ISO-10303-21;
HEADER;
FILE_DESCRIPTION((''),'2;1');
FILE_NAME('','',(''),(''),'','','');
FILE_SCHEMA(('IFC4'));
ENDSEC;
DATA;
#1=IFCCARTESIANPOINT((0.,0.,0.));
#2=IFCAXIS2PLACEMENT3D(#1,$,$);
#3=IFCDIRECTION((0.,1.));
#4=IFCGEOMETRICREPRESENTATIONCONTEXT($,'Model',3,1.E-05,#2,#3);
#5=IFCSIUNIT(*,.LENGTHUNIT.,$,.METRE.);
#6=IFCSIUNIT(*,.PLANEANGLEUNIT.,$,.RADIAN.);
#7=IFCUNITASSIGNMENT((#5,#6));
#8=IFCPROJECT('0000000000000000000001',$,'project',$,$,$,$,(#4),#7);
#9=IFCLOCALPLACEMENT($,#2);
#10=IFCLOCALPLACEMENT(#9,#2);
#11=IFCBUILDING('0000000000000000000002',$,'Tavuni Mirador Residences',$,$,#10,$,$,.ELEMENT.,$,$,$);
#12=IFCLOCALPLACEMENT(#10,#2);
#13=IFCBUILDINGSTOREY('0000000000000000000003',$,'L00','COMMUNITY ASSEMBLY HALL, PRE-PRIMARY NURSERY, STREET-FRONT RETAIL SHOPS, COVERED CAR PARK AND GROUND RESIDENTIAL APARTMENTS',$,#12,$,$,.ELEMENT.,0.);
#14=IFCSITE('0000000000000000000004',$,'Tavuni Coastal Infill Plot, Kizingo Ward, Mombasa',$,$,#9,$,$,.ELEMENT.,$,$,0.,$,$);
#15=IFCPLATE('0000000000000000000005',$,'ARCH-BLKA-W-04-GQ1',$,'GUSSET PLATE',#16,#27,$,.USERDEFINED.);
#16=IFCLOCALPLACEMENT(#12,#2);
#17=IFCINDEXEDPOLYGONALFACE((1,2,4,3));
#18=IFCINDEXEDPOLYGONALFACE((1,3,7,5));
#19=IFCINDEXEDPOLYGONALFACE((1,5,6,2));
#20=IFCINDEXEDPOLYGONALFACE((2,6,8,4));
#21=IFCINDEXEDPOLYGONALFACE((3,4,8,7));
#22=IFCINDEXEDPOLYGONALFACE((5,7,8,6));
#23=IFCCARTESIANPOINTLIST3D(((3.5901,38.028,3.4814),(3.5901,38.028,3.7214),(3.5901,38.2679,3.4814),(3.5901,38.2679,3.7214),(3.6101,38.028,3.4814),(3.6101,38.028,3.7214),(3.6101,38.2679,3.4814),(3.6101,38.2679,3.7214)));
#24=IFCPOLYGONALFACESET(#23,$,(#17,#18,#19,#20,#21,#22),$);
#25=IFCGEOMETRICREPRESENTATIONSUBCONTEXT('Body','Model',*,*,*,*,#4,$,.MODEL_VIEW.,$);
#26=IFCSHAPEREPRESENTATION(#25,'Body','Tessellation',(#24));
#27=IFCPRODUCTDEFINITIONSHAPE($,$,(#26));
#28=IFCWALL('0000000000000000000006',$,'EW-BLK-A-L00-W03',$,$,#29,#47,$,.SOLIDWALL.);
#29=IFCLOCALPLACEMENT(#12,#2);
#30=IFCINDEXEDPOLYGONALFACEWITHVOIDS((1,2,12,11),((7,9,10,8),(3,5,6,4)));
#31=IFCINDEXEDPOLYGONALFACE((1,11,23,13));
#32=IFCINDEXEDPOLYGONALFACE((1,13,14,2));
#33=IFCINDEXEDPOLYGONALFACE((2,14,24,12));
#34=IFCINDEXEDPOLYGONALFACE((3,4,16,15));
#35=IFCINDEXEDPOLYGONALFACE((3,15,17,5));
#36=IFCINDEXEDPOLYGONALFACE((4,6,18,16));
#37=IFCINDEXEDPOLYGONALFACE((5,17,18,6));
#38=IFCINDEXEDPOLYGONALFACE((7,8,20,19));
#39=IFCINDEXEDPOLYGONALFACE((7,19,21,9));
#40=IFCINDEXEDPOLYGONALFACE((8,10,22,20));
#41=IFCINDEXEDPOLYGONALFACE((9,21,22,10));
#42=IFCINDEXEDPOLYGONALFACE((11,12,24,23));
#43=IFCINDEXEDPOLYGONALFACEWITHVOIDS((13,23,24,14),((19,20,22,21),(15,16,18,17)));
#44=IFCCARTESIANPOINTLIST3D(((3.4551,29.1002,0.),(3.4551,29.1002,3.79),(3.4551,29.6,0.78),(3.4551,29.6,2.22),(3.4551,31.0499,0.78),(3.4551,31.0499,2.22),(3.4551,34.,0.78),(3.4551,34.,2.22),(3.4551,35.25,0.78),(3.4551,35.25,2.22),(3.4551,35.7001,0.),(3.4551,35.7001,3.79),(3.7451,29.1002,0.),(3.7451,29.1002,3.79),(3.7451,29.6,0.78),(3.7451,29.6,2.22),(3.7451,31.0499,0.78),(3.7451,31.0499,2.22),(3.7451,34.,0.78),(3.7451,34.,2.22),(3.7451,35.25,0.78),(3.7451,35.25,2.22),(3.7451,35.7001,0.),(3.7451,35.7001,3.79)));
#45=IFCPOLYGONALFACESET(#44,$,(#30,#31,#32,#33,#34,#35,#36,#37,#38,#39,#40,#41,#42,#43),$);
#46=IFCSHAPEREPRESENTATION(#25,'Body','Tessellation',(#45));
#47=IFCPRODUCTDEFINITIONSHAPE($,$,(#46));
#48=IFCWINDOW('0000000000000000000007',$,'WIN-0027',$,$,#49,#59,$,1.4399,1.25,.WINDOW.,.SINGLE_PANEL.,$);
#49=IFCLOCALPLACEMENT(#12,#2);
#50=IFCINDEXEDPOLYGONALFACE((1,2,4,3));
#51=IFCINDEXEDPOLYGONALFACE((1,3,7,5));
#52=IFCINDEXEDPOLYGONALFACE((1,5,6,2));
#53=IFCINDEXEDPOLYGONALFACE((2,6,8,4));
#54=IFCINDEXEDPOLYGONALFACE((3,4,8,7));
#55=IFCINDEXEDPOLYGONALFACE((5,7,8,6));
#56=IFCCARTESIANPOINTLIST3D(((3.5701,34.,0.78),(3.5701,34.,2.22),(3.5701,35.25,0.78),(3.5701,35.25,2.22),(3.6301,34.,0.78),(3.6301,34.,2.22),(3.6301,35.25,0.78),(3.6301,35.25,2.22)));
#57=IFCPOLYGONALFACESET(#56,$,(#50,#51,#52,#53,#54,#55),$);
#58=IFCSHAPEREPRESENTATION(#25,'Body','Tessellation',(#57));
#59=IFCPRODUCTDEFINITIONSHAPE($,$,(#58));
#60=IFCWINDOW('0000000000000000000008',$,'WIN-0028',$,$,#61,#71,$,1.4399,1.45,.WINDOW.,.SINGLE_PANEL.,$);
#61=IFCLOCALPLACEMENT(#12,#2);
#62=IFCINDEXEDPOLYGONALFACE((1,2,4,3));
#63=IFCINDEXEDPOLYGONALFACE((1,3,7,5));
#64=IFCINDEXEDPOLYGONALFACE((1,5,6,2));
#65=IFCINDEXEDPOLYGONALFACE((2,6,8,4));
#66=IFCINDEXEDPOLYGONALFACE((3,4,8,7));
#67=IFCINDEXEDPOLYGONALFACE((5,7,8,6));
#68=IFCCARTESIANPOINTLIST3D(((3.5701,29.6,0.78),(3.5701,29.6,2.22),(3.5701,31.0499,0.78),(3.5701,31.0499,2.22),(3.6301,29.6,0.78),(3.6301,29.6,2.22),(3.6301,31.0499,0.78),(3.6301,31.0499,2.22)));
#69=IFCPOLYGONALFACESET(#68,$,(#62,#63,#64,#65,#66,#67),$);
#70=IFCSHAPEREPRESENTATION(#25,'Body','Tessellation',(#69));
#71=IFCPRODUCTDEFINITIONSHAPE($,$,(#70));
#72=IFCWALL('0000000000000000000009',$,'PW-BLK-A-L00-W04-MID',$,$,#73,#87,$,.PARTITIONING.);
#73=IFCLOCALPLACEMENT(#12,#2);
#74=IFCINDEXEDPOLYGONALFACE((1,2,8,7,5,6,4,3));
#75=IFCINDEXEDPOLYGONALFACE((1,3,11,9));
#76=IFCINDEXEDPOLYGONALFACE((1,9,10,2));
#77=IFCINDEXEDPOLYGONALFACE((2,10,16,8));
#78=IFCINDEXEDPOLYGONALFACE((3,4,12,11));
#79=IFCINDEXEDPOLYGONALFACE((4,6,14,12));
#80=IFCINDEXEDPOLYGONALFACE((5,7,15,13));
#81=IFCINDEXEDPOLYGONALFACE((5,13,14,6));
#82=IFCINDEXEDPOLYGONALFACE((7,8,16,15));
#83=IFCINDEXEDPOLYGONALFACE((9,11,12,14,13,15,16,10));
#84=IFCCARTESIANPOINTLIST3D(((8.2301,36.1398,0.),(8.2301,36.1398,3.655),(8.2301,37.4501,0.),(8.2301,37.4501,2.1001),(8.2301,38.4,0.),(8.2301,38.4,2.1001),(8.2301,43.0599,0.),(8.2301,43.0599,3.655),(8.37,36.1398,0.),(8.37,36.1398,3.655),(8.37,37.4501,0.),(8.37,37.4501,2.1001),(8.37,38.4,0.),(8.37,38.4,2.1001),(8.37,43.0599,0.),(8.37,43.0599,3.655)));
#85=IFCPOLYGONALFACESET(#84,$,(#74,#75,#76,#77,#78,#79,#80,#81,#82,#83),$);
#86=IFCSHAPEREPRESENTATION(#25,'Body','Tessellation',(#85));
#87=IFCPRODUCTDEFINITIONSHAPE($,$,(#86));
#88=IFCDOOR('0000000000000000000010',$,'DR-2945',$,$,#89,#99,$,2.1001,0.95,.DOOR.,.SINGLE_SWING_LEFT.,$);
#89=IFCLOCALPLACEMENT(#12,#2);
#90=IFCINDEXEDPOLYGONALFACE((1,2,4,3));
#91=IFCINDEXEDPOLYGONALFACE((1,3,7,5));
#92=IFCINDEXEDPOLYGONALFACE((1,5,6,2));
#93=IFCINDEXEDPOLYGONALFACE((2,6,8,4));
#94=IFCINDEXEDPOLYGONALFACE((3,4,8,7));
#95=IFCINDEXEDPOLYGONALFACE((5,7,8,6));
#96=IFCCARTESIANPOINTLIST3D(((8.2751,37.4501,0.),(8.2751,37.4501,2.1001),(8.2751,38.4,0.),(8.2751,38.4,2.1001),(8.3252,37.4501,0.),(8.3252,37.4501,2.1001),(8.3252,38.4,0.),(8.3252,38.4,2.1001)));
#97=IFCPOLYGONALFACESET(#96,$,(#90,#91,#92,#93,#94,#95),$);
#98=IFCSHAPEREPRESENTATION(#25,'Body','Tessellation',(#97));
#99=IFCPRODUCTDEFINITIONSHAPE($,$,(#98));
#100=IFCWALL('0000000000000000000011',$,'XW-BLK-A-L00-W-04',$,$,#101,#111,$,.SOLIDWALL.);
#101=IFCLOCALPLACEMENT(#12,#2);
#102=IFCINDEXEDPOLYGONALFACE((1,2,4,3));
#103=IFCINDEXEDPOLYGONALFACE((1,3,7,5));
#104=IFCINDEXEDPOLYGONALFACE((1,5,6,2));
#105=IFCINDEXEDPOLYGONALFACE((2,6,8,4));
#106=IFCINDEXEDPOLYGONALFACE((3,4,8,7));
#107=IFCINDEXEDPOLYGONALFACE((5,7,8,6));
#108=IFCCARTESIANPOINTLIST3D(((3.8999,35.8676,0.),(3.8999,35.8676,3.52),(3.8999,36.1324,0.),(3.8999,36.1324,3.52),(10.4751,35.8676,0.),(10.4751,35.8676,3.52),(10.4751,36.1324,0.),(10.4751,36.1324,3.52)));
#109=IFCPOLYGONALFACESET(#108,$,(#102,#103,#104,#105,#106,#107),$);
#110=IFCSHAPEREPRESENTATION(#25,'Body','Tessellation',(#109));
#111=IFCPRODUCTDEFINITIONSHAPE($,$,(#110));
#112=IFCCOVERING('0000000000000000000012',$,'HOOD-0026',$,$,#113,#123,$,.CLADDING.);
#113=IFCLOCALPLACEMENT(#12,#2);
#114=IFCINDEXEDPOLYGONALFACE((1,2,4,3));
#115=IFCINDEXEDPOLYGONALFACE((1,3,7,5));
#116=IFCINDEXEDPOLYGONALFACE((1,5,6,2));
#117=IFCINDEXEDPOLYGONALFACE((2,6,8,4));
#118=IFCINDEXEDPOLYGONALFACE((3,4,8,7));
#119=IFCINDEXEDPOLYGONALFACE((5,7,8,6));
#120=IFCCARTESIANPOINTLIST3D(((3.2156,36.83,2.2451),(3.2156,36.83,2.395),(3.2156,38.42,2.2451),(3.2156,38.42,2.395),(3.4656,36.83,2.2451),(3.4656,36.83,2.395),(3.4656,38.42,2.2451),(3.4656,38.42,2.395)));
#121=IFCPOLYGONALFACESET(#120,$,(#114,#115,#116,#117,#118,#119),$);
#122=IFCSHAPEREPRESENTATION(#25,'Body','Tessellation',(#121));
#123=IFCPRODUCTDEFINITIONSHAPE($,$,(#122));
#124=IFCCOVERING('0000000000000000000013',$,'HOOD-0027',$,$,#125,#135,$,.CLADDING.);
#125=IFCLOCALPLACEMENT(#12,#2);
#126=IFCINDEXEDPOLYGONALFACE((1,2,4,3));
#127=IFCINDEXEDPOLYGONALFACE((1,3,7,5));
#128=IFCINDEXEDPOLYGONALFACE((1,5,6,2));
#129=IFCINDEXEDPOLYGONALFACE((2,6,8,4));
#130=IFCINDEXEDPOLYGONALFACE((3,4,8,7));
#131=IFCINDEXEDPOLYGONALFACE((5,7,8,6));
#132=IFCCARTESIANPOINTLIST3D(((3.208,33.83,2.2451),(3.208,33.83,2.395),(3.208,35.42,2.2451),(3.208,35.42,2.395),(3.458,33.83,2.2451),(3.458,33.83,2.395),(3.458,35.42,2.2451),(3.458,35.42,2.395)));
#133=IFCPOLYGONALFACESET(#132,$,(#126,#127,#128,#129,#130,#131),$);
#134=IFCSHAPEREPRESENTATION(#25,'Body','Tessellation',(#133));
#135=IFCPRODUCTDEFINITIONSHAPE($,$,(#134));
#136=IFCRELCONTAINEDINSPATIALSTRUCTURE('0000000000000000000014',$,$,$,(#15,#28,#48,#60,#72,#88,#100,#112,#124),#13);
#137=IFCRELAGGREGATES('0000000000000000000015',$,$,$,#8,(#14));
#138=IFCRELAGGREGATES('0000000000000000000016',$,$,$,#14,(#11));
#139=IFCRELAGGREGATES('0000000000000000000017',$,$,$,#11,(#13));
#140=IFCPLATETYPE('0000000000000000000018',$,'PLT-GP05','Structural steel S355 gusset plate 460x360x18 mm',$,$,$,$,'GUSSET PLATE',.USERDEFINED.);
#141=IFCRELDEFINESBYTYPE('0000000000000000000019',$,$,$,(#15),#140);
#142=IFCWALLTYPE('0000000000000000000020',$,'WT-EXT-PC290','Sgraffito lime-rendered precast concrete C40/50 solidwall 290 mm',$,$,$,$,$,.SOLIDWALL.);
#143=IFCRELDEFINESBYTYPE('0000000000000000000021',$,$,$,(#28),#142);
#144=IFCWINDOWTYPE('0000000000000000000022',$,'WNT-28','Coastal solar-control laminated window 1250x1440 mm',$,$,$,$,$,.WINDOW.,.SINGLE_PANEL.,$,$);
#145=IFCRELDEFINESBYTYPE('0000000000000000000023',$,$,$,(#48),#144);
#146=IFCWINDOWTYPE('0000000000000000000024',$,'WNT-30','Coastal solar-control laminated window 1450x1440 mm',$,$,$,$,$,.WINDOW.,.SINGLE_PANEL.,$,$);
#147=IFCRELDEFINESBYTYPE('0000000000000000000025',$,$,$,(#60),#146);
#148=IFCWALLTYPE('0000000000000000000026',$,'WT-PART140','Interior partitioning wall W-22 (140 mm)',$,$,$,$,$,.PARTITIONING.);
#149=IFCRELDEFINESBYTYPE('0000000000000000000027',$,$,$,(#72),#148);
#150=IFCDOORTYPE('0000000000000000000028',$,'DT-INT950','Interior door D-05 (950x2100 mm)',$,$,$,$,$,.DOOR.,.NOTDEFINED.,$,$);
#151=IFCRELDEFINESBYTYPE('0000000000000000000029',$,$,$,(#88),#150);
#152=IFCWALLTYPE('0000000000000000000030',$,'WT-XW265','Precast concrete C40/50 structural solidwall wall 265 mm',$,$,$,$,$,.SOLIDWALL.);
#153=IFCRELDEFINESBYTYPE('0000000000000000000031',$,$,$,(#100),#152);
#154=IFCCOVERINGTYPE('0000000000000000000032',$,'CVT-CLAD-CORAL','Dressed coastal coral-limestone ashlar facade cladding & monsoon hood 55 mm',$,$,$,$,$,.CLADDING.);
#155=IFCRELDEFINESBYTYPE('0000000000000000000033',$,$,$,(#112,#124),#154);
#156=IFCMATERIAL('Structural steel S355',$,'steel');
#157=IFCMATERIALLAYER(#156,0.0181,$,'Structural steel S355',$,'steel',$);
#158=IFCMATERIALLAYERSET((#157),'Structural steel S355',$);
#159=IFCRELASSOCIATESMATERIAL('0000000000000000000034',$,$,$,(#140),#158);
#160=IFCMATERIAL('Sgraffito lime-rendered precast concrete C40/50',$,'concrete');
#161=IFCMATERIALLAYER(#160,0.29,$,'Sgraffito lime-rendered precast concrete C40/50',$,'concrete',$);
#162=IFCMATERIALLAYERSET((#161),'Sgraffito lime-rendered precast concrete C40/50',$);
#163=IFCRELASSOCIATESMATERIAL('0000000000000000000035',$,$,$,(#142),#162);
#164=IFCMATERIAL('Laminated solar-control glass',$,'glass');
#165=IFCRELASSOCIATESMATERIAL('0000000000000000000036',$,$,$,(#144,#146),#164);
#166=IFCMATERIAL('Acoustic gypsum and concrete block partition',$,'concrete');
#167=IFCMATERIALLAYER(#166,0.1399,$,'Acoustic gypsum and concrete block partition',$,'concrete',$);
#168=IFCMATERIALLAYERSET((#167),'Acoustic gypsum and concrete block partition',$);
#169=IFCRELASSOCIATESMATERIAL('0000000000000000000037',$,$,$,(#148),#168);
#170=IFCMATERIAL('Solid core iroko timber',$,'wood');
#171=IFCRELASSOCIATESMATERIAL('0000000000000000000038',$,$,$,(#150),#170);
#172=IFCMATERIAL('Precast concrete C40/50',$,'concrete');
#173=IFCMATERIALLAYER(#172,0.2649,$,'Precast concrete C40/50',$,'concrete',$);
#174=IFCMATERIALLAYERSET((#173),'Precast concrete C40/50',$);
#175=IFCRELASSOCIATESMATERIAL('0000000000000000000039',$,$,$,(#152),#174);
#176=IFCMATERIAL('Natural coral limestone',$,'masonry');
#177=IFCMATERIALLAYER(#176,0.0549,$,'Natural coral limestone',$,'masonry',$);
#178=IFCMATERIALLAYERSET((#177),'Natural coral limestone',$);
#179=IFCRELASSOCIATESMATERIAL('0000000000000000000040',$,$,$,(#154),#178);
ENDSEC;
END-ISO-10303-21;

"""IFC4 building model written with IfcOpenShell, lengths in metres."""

from ifc_helpers import new_model, si_unit, direction, frame, frame_2d, origin, origin_2d, place, context, subcontext, project, spatial, rectangle, extrude, material, layer, layer_set, type_object, element, fill, save


model = new_model("IFC4")

# Units and contexts
model_context = context("Model", 3, precision=1e-05, world=origin(), true_north=direction((0.0, 1.0)))
body_context = subcontext(model_context, "Body", "Model", "MODEL_VIEW")
ifc_project = project(units=[si_unit("LENGTHUNIT", "METRE"), si_unit("PLANEANGLEUNIT", "RADIAN")], contexts=[model_context])

# Site, building, storey
site_placement = place(None, origin())
site = spatial("IfcSite", under=ifc_project, at=site_placement, Name="Tavuni Coastal Infill Plot, Kizingo Ward, Mombasa", CompositionType="ELEMENT", RefElevation=0.0)
building_placement = place(site_placement, origin())
building = spatial("IfcBuilding", under=site, at=building_placement, Name="Tavuni Mirador Residences", CompositionType="ELEMENT")
storey_placement = place(building_placement, origin())
storey = spatial("IfcBuildingStorey", under=building, at=storey_placement, Name="L00", Description="COMMUNITY ASSEMBLY HALL, PRE-PRIMARY NURSERY, STREET-FRONT RETAIL SHOPS, COVERED CAR PARK AND GROUND RESIDENTIAL APARTMENTS", CompositionType="ELEMENT", Elevation=0.0)

# Shared definitions
ifc_material_1 = material(Name="Precast concrete C40/50", Category="concrete")

# Shared definitions
ifc_material_2 = material(Name="Structural steel S355", Category="steel")

# Plate
ifc_layer_1 = layer(ifc_material_2, 0.0181, Name="Structural steel S355", Category="steel")
ifc_layer_set_1 = layer_set([ifc_layer_1], Name="Structural steel S355")
plate_type = type_object("IfcPlateType", Name="PLT-GP05", Description="Structural steel S355 gusset plate 460x360x18 mm", ElementType="GUSSET PLATE", PredefinedType="USERDEFINED", material=ifc_layer_set_1)
for number, where, z_axis, x_axis, name in (
    (1, (3.6001, 38.1479, 3.4814), (0.0, 0.0, 1.0), (1.0, 0.0, 0.0), "ARCH-BLKA-W-04-GQ1"),
):
    element("IfcPlate", number, at=place(storey_placement, frame(where, z_axis=z_axis, x_axis=x_axis)), inside=storey, type_object=plate_type, Name=name, ObjectType="GUSSET PLATE", PredefinedType="USERDEFINED", context=body_context, shape_type="SweptSolid", body=[
        extrude(rectangle(XDim=0.02, YDim=0.24, at=origin_2d()), origin(), (0.0, 0.0, 1.0), 0.24),
    ])

# Wall, openings, windows
ifc_material_3 = material(Name="Sgraffito lime-rendered precast concrete C40/50", Category="concrete")
ifc_layer_2 = layer(ifc_material_3, 0.29, Name="Sgraffito lime-rendered precast concrete C40/50", Category="concrete")
ifc_layer_set_2 = layer_set([ifc_layer_2], Name="Sgraffito lime-rendered precast concrete C40/50")
wall_type_1 = type_object("IfcWallType", Name="WT-EXT-PC290", Description="Sgraffito lime-rendered precast concrete C40/50 solidwall 290 mm", PredefinedType="SOLIDWALL", material=ifc_layer_set_2)
wall_1_placement = place(storey_placement, frame((3.6001, 35.7, 0.0), z_axis=(0.0, 0.0, 1.0), x_axis=(0.0, -1.0, 0.0)))
wall_1 = element("IfcWall", 2, at=wall_1_placement, inside=storey, type_object=wall_type_1, Name="EW-BLK-A-L00-W03", PredefinedType="SOLIDWALL", context=body_context, shape_type="SweptSolid", body=[
    extrude(rectangle(XDim=6.5999, YDim=0.29, at=frame_2d((3.2998, 0.0))), origin(), (0.0, 0.0, 1.0), 3.79),
])
opening_1_placement = place(wall_1_placement, frame((0.45, 0.0, 0.78)))
opening_1 = element("IfcOpeningElement", 3, at=opening_1_placement, cuts=wall_1, PredefinedType="OPENING", context=body_context, shape_type="SweptSolid", body=[
    extrude(rectangle(XDim=1.25, YDim=1.4399, at=frame_2d((0.625, 0.72))), frame((0.0, 0.155, 0.0), z_axis=(0.0, -1.0, 0.0), x_axis=(1.0, 0.0, 0.0)), (0.0, 0.0, 1.0), 0.3101),
])
opening_2_placement = place(wall_1_placement, frame((4.6499, 0.0, 0.78)))
opening_2 = element("IfcOpeningElement", 4, at=opening_2_placement, cuts=wall_1, PredefinedType="OPENING", context=body_context, shape_type="SweptSolid", body=[
    extrude(rectangle(XDim=1.45, YDim=1.4399, at=frame_2d((0.7251, 0.72))), frame((0.0, 0.155, 0.0), z_axis=(0.0, -1.0, 0.0), x_axis=(1.0, 0.0, 0.0)), (0.0, 0.0, 1.0), 0.3101),
])
ifc_material_4 = material(Name="Laminated solar-control glass", Category="glass")
window_type_1 = type_object("IfcWindowType", Name="WNT-28", Description="Coastal solar-control laminated window 1250x1440 mm", PartitioningType="SINGLE_PANEL", PredefinedType="WINDOW", material=ifc_material_4)
window_1_placement = place(opening_1_placement, origin())
window_1 = element("IfcWindow", 5, at=window_1_placement, inside=storey, type_object=window_type_1, Name="WIN-0027", OverallHeight=1.4399, OverallWidth=1.25, PartitioningType="SINGLE_PANEL", PredefinedType="WINDOW", context=body_context, shape_type="SweptSolid", body=[
    extrude(rectangle(XDim=1.25, YDim=1.4399, at=frame_2d((0.625, 0.72))), frame((0.0, 0.03, 0.0), z_axis=(0.0, -1.0, 0.0), x_axis=(1.0, 0.0, 0.0)), (0.0, 0.0, 1.0), 0.0601),
])
fill(opening_1, window_1)
window_type_2 = type_object("IfcWindowType", Name="WNT-30", Description="Coastal solar-control laminated window 1450x1440 mm", PartitioningType="SINGLE_PANEL", PredefinedType="WINDOW", material=ifc_material_4)
window_2_placement = place(opening_2_placement, origin())
window_2 = element("IfcWindow", 6, at=window_2_placement, inside=storey, type_object=window_type_2, Name="WIN-0028", OverallHeight=1.4399, OverallWidth=1.45, PartitioningType="SINGLE_PANEL", PredefinedType="WINDOW", context=body_context, shape_type="SweptSolid", body=[
    extrude(rectangle(XDim=1.45, YDim=1.4399, at=frame_2d((0.7251, 0.72))), frame((0.0, 0.03, 0.0), z_axis=(0.0, -1.0, 0.0), x_axis=(1.0, 0.0, 0.0)), (0.0, 0.0, 1.0), 0.0601),
])
fill(opening_2, window_2)

# Wall, opening, door
ifc_material_5 = material(Name="Acoustic gypsum and concrete block partition", Category="concrete")
ifc_layer_3 = layer(ifc_material_5, 0.1399, Name="Acoustic gypsum and concrete block partition", Category="concrete")
ifc_layer_set_3 = layer_set([ifc_layer_3], Name="Acoustic gypsum and concrete block partition")
wall_type_2 = type_object("IfcWallType", Name="WT-PART140", Description="Interior partitioning wall W-22 (140 mm)", PredefinedType="PARTITIONING", material=ifc_layer_set_3)
wall_2_placement = place(storey_placement, frame((8.3, 36.1399, 0.0), z_axis=(0.0, 0.0, 1.0), x_axis=(0.0, 1.0, 0.0)))
wall_2 = element("IfcWall", 7, at=wall_2_placement, inside=storey, type_object=wall_type_2, Name="PW-BLK-A-L00-W04-MID", PredefinedType="PARTITIONING", context=body_context, shape_type="SweptSolid", body=[
    extrude(rectangle(XDim=6.9202, YDim=0.1399, at=frame_2d((3.46, 0.0))), origin(), (0.0, 0.0, 1.0), 3.655),
])
opening_3_placement = place(wall_2_placement, frame((1.3101, 0.0, 0.0)))
opening_3 = element("IfcOpeningElement", 8, at=opening_3_placement, cuts=wall_2, PredefinedType="OPENING", context=body_context, shape_type="SweptSolid", body=[
    extrude(rectangle(XDim=0.95, YDim=2.1001, at=frame_2d((0.4751, 1.05))), frame((0.0, 0.0801, 0.0), z_axis=(0.0, -1.0, 0.0), x_axis=(1.0, 0.0, 0.0)), (0.0, 0.0, 1.0), 0.1599),
])
ifc_material_6 = material(Name="Solid core iroko timber", Category="wood")
door_type = type_object("IfcDoorType", Name="DT-INT950", Description="Interior door D-05 (950x2100 mm)", OperationType="NOTDEFINED", PredefinedType="DOOR", material=ifc_material_6)
door_placement = place(opening_3_placement, origin())
door = element("IfcDoor", 9, at=door_placement, inside=storey, type_object=door_type, Name="DR-2945", OperationType="SINGLE_SWING_LEFT", OverallHeight=2.1001, OverallWidth=0.95, PredefinedType="DOOR", context=body_context, shape_type="SweptSolid", body=[
    extrude(rectangle(XDim=0.95, YDim=2.1001, at=frame_2d((0.4751, 1.05))), frame((0.0, 0.0249, 0.0), z_axis=(0.0, -1.0, 0.0), x_axis=(1.0, 0.0, 0.0)), (0.0, 0.0, 1.0), 0.05),
])
fill(opening_3, door)

# Wall
ifc_layer_4 = layer(ifc_material_1, 0.2649, Name="Precast concrete C40/50", Category="concrete")
ifc_layer_set_4 = layer_set([ifc_layer_4], Name="Precast concrete C40/50")
wall_type_3 = type_object("IfcWallType", Name="WT-XW265", Description="Precast concrete C40/50 structural solidwall wall 265 mm", PredefinedType="SOLIDWALL", material=ifc_layer_set_4)
wall_3_placement = place(storey_placement, frame((3.8999, 36.0, 0.0), z_axis=(0.0, 0.0, 1.0), x_axis=(1.0, 0.0, 0.0)))
element("IfcWall", 10, at=wall_3_placement, inside=storey, type_object=wall_type_3, Name="XW-BLK-A-L00-W-04", PredefinedType="SOLIDWALL", context=body_context, shape_type="SweptSolid", body=[
    extrude(rectangle(XDim=6.5752, YDim=0.2649, at=frame_2d((3.2876, 0.0))), origin(), (0.0, 0.0, 1.0), 3.52),
])

# Coverings
ifc_material_7 = material(Name="Natural coral limestone", Category="masonry")
ifc_layer_5 = layer(ifc_material_7, 0.0549, Name="Natural coral limestone", Category="masonry")
ifc_layer_set_5 = layer_set([ifc_layer_5], Name="Natural coral limestone")
covering_type = type_object("IfcCoveringType", Name="CVT-CLAD-CORAL", Description="Dressed coastal coral-limestone ashlar facade cladding & monsoon hood 55 mm", PredefinedType="CLADDING", material=ifc_layer_set_5)
for number, where, z_axis, x_axis, name in (
    (11, (3.3406, 37.625, 2.2451), (0.0, 0.0, 1.0), (0.0, -1.0, 0.0), "HOOD-0026"),
    (12, (3.333, 34.625, 2.2451), (0.0, 0.0, 1.0), (0.0, -1.0, 0.0), "HOOD-0027"),
):
    element("IfcCovering", number, at=place(storey_placement, frame(where, z_axis=z_axis, x_axis=x_axis)), inside=storey, type_object=covering_type, Name=name, PredefinedType="CLADDING", context=body_context, shape_type="SweptSolid", body=[
        extrude(rectangle(XDim=1.5901, YDim=0.25, at=origin_2d()), origin(), (0.0, 0.0, 1.0), 0.1499),
    ])

save(model, "model.ifc")
